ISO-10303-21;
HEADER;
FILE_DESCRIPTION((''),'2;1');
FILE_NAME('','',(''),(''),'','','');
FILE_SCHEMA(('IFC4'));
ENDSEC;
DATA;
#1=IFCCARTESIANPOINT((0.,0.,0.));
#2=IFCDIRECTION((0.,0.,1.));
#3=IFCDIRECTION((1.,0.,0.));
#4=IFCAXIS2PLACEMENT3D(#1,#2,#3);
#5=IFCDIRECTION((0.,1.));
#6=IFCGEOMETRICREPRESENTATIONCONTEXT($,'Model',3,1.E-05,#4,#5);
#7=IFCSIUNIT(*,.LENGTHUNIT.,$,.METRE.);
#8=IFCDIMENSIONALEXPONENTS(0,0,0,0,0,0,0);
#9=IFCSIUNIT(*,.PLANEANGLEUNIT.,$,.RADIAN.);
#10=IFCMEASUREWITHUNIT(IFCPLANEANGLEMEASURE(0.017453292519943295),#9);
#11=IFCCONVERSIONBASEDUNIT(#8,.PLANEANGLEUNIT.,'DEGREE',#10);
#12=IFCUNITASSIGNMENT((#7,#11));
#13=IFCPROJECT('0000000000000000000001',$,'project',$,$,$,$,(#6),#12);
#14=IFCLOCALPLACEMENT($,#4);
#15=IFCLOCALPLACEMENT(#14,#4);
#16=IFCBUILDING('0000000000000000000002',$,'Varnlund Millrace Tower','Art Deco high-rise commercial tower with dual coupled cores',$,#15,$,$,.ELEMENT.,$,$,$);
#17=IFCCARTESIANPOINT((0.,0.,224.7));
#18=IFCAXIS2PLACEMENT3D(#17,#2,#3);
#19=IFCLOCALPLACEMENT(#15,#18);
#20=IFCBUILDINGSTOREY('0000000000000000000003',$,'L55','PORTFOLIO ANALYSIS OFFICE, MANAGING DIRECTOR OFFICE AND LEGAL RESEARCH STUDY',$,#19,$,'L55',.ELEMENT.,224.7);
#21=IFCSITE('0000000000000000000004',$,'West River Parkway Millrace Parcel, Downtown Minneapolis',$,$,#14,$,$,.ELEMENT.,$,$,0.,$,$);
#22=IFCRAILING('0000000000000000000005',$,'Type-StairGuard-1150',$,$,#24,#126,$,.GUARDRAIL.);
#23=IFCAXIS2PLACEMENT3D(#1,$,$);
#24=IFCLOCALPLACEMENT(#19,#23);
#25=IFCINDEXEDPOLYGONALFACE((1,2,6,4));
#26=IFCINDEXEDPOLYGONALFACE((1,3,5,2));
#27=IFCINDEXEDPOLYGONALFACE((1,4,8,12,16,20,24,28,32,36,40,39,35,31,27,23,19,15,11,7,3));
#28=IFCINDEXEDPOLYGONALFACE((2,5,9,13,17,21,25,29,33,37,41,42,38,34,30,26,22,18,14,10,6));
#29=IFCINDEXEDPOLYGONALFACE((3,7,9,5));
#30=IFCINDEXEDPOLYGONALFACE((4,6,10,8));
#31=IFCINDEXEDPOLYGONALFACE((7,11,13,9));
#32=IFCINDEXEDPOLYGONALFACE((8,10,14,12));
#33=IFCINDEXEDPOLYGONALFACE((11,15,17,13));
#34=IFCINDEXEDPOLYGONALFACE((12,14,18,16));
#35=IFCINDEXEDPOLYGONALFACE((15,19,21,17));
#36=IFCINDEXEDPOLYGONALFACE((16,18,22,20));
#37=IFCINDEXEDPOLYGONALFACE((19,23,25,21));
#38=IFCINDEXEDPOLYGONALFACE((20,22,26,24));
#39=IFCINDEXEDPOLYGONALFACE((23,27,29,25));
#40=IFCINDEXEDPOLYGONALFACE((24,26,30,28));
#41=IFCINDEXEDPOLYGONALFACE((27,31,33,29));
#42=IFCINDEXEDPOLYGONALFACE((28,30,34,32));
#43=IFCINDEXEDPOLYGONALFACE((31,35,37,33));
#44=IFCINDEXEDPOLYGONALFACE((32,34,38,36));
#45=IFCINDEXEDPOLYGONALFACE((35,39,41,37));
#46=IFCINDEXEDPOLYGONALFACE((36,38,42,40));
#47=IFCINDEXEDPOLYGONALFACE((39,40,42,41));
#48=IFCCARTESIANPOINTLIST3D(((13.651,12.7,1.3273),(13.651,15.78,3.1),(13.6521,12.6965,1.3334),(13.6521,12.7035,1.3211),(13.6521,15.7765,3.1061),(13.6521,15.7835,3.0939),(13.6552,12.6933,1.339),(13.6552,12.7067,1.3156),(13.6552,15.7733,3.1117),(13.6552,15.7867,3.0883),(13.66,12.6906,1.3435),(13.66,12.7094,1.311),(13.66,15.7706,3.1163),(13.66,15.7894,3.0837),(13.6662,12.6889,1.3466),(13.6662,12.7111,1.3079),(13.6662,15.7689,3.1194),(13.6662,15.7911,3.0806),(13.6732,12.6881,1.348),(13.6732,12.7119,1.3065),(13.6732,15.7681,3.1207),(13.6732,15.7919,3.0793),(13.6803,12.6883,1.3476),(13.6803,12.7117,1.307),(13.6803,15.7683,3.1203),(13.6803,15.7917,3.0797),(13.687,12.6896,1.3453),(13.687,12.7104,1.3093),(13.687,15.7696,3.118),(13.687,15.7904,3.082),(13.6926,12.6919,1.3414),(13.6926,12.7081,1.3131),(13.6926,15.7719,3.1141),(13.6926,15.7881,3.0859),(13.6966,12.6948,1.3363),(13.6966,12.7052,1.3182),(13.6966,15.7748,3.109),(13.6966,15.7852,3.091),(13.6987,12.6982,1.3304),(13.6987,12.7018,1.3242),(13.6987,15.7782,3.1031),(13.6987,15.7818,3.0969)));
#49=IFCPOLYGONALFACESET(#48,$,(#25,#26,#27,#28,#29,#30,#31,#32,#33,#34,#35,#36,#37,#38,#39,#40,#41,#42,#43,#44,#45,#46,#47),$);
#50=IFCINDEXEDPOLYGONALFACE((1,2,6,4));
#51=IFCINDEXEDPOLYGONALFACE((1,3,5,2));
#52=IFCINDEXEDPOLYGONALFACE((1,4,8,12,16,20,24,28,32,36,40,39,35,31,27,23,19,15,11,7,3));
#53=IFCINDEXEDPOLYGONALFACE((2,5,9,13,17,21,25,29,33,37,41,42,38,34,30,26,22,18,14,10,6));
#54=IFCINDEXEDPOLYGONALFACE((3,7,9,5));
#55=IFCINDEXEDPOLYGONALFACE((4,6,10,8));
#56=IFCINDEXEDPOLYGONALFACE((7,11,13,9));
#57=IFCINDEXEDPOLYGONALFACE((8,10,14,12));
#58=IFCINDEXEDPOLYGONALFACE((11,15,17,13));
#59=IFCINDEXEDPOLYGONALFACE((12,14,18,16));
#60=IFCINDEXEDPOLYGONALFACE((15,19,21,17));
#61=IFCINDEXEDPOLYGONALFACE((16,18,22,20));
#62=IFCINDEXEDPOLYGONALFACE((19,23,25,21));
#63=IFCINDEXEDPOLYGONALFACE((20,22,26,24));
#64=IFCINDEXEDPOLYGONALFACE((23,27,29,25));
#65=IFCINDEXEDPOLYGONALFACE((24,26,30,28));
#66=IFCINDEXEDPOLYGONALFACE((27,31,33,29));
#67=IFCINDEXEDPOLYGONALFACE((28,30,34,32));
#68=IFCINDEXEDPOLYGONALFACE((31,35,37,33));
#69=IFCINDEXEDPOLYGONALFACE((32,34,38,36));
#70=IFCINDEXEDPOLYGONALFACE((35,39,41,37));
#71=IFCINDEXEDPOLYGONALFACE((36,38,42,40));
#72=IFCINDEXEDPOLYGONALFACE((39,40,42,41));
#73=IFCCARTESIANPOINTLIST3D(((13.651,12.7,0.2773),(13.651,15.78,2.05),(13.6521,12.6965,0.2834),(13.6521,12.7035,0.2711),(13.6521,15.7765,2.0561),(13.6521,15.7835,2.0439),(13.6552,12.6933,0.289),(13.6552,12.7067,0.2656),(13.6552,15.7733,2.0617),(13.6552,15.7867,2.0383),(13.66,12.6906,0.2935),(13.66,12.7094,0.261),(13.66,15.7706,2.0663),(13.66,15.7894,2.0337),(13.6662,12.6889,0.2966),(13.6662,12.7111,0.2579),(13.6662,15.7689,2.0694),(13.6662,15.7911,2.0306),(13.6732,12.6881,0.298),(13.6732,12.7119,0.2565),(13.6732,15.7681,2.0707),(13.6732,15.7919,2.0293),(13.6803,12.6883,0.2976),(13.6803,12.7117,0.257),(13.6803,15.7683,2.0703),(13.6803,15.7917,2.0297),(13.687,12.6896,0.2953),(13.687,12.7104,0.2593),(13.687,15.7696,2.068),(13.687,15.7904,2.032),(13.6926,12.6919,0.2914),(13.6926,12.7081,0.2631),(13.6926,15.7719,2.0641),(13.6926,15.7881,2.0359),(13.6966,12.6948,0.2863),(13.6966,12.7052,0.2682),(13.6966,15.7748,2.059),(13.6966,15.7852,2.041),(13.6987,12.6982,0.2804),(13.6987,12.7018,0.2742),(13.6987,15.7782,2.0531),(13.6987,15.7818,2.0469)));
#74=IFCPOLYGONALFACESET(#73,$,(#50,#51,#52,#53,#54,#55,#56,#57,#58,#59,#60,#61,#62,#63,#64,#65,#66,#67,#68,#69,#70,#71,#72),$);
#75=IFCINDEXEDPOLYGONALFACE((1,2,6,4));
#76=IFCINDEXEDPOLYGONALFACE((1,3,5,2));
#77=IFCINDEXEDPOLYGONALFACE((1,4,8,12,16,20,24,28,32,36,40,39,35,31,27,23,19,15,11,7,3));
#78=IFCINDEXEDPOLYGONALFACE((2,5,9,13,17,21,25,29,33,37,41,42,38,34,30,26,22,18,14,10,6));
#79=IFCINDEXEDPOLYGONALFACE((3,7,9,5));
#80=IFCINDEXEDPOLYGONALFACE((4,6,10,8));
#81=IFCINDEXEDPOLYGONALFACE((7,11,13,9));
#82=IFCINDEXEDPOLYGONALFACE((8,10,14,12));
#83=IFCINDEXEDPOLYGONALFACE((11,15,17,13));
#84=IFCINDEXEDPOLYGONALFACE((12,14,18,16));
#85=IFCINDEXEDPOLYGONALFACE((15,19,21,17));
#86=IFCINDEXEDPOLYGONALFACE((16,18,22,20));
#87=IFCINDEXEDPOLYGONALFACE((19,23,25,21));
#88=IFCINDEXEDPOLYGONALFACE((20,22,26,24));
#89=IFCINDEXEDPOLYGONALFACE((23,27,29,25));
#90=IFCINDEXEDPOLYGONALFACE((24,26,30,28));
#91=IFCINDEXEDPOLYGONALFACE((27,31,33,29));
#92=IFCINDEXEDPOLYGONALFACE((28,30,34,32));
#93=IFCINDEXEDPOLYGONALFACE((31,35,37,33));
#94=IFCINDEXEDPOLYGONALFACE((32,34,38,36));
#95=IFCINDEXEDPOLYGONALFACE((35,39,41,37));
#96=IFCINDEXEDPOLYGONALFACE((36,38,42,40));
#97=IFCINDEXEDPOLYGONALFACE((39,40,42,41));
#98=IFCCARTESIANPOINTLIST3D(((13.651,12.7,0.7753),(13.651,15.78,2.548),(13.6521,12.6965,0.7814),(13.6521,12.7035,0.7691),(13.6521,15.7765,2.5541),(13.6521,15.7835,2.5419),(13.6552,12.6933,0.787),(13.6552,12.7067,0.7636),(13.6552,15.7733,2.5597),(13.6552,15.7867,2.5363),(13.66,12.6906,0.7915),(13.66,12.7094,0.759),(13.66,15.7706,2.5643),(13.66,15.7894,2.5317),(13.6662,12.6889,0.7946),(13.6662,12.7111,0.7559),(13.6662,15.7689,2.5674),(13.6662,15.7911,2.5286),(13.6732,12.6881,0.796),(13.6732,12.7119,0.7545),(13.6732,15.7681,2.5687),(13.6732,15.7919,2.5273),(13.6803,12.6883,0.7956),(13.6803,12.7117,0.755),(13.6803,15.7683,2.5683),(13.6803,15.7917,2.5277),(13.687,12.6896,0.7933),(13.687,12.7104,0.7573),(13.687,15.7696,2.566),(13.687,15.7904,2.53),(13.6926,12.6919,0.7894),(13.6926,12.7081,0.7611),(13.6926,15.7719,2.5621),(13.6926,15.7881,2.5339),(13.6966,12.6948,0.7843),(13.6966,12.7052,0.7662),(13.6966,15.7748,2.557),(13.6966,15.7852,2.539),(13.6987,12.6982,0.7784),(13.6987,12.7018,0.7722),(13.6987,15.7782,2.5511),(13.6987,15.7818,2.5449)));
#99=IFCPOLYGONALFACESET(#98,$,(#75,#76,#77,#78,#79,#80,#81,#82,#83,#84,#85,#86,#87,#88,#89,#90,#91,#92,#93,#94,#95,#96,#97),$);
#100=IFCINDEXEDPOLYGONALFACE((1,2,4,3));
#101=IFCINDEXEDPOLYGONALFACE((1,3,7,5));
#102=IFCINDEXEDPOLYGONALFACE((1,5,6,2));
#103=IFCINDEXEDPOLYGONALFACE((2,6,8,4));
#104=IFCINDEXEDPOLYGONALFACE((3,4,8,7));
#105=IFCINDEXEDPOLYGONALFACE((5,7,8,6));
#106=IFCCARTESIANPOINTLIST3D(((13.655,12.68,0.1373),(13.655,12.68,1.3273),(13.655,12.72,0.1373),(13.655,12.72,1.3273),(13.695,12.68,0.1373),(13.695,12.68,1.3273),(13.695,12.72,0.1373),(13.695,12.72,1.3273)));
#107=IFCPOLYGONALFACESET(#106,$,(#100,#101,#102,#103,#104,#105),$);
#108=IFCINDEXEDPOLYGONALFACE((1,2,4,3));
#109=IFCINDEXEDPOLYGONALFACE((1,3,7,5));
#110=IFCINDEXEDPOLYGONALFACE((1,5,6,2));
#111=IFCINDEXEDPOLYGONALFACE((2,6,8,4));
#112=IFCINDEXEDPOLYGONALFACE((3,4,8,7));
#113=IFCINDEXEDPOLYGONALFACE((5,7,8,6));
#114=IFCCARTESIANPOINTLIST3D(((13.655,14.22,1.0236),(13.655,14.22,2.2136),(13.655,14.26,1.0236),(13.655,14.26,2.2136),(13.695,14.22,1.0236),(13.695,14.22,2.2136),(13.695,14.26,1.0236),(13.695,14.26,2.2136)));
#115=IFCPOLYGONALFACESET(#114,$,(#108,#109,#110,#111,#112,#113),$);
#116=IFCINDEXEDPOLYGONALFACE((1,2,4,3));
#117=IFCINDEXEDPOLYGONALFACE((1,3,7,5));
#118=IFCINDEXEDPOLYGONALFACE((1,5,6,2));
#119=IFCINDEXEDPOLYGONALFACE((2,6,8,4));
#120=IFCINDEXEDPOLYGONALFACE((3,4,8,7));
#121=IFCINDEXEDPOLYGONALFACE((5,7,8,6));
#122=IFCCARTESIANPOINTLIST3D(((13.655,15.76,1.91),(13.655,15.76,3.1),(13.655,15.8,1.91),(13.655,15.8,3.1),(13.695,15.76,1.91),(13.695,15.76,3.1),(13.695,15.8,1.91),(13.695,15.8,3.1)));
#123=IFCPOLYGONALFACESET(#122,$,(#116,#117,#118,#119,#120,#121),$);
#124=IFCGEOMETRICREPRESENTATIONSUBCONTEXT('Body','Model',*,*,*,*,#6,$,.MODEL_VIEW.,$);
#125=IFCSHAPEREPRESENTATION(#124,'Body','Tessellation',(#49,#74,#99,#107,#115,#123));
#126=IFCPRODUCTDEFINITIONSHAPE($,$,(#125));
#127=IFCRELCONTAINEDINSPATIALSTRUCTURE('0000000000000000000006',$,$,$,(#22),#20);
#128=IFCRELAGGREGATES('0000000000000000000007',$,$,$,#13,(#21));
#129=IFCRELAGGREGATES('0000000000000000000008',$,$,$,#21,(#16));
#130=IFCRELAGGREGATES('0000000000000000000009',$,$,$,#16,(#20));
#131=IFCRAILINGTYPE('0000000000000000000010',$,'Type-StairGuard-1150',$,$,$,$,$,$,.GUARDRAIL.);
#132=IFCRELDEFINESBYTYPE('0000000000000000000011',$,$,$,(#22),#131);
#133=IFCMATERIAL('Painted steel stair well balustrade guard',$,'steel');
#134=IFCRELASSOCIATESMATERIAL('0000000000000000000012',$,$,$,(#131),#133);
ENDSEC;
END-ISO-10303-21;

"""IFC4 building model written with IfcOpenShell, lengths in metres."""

from ifc_helpers import new_model, entity, si_unit, converted_unit, direction, frame, origin_with_axes, origin_2d_with_axis, place, context, subcontext, project, spatial, rectangle, circle, extrude, material, type_object, element, save


model = new_model("IFC4")

# Units and contexts
model_context = context("Model", 3, precision=1e-05, world=origin_with_axes(), true_north=direction((0.0, 1.0)))
body_context = subcontext(model_context, "Body", "Model", "MODEL_VIEW")
ifc_project = project(units=[si_unit("LENGTHUNIT", "METRE"), converted_unit("PLANEANGLEUNIT", "DEGREE", entity("IfcPlaneAngleMeasure", 0.017453292519943295), si_unit("PLANEANGLEUNIT", "RADIAN"), dimensions=[0, 0, 0, 0, 0, 0, 0])], contexts=[model_context])

# Site, building, storey
site_placement = place(None, origin_with_axes())
site = spatial("IfcSite", under=ifc_project, at=site_placement, Name="West River Parkway Millrace Parcel, Downtown Minneapolis", CompositionType="ELEMENT", RefElevation=0.0)
building_placement = place(site_placement, origin_with_axes())
building = spatial("IfcBuilding", under=site, at=building_placement, Name="Varnlund Millrace Tower", Description="Art Deco high-rise commercial tower with dual coupled cores", CompositionType="ELEMENT")
storey_placement = place(building_placement, frame((0.0, 0.0, 224.7), z_axis=(0.0, 0.0, 1.0), x_axis=(1.0, 0.0, 0.0)))
storey = spatial("IfcBuildingStorey", under=building, at=storey_placement, Name="L55", Description="PORTFOLIO ANALYSIS OFFICE, MANAGING DIRECTOR OFFICE AND LEGAL RESEARCH STUDY", LongName="L55", CompositionType="ELEMENT", Elevation=224.7)

# Railing
ifc_material_1 = material(Name="Painted steel stair well balustrade guard", Category="steel")
railing_type_1 = type_object("IfcRailingType", Name="Type-StairGuard-1150", PredefinedType="GUARDRAIL", material=ifc_material_1)
railing_1_placement = place(storey_placement, frame((0.0, 0.0, -224.7), z_axis=(0.0, 0.0, 1.0), x_axis=(1.0, 0.0, 0.0)))
element("IfcRailing", 1, at=railing_1_placement, inside=storey, type_object=railing_type_1, Name="Type-StairGuard-1150", PredefinedType="GUARDRAIL", context=body_context, shape_type="SweptSolid", body=[
    extrude(circle(Radius=0.024, at=origin_2d_with_axis()), frame((13.675, 12.7, 226.0273), z_axis=(0.0, 0.866696, 0.498836), x_axis=(-1.0, 0.0, 0.0)), (0.0, 0.0, 1.0), 3.5537),
    extrude(circle(Radius=0.024, at=origin_2d_with_axis()), frame((13.675, 12.7, 224.9773), z_axis=(0.0, 0.866696, 0.498836), x_axis=(-1.0, 0.0, 0.0)), (0.0, 0.0, 1.0), 3.5537),
    extrude(circle(Radius=0.024, at=origin_2d_with_axis()), frame((13.675, 12.7, 225.4753), z_axis=(0.0, 0.866696, 0.498836), x_axis=(-1.0, 0.0, 0.0)), (0.0, 0.0, 1.0), 3.5537),
    extrude(rectangle(XDim=0.04, YDim=0.04, at=origin_2d_with_axis()), frame((13.675, 12.7, 224.8373), z_axis=(0.0, 0.0, 1.0), x_axis=(1.0, 0.0, 0.0)), (0.0, 0.0, 1.0), 1.19),
    extrude(rectangle(XDim=0.04, YDim=0.04, at=origin_2d_with_axis()), frame((13.675, 14.24, 225.7236), z_axis=(0.0, 0.0, 1.0), x_axis=(1.0, 0.0, 0.0)), (0.0, 0.0, 1.0), 1.19),
    extrude(rectangle(XDim=0.04, YDim=0.04, at=origin_2d_with_axis()), frame((13.675, 15.78, 226.61), z_axis=(0.0, 0.0, 1.0), x_axis=(1.0, 0.0, 0.0)), (0.0, 0.0, 1.0), 1.19),
])

save(model, "model.ifc")
